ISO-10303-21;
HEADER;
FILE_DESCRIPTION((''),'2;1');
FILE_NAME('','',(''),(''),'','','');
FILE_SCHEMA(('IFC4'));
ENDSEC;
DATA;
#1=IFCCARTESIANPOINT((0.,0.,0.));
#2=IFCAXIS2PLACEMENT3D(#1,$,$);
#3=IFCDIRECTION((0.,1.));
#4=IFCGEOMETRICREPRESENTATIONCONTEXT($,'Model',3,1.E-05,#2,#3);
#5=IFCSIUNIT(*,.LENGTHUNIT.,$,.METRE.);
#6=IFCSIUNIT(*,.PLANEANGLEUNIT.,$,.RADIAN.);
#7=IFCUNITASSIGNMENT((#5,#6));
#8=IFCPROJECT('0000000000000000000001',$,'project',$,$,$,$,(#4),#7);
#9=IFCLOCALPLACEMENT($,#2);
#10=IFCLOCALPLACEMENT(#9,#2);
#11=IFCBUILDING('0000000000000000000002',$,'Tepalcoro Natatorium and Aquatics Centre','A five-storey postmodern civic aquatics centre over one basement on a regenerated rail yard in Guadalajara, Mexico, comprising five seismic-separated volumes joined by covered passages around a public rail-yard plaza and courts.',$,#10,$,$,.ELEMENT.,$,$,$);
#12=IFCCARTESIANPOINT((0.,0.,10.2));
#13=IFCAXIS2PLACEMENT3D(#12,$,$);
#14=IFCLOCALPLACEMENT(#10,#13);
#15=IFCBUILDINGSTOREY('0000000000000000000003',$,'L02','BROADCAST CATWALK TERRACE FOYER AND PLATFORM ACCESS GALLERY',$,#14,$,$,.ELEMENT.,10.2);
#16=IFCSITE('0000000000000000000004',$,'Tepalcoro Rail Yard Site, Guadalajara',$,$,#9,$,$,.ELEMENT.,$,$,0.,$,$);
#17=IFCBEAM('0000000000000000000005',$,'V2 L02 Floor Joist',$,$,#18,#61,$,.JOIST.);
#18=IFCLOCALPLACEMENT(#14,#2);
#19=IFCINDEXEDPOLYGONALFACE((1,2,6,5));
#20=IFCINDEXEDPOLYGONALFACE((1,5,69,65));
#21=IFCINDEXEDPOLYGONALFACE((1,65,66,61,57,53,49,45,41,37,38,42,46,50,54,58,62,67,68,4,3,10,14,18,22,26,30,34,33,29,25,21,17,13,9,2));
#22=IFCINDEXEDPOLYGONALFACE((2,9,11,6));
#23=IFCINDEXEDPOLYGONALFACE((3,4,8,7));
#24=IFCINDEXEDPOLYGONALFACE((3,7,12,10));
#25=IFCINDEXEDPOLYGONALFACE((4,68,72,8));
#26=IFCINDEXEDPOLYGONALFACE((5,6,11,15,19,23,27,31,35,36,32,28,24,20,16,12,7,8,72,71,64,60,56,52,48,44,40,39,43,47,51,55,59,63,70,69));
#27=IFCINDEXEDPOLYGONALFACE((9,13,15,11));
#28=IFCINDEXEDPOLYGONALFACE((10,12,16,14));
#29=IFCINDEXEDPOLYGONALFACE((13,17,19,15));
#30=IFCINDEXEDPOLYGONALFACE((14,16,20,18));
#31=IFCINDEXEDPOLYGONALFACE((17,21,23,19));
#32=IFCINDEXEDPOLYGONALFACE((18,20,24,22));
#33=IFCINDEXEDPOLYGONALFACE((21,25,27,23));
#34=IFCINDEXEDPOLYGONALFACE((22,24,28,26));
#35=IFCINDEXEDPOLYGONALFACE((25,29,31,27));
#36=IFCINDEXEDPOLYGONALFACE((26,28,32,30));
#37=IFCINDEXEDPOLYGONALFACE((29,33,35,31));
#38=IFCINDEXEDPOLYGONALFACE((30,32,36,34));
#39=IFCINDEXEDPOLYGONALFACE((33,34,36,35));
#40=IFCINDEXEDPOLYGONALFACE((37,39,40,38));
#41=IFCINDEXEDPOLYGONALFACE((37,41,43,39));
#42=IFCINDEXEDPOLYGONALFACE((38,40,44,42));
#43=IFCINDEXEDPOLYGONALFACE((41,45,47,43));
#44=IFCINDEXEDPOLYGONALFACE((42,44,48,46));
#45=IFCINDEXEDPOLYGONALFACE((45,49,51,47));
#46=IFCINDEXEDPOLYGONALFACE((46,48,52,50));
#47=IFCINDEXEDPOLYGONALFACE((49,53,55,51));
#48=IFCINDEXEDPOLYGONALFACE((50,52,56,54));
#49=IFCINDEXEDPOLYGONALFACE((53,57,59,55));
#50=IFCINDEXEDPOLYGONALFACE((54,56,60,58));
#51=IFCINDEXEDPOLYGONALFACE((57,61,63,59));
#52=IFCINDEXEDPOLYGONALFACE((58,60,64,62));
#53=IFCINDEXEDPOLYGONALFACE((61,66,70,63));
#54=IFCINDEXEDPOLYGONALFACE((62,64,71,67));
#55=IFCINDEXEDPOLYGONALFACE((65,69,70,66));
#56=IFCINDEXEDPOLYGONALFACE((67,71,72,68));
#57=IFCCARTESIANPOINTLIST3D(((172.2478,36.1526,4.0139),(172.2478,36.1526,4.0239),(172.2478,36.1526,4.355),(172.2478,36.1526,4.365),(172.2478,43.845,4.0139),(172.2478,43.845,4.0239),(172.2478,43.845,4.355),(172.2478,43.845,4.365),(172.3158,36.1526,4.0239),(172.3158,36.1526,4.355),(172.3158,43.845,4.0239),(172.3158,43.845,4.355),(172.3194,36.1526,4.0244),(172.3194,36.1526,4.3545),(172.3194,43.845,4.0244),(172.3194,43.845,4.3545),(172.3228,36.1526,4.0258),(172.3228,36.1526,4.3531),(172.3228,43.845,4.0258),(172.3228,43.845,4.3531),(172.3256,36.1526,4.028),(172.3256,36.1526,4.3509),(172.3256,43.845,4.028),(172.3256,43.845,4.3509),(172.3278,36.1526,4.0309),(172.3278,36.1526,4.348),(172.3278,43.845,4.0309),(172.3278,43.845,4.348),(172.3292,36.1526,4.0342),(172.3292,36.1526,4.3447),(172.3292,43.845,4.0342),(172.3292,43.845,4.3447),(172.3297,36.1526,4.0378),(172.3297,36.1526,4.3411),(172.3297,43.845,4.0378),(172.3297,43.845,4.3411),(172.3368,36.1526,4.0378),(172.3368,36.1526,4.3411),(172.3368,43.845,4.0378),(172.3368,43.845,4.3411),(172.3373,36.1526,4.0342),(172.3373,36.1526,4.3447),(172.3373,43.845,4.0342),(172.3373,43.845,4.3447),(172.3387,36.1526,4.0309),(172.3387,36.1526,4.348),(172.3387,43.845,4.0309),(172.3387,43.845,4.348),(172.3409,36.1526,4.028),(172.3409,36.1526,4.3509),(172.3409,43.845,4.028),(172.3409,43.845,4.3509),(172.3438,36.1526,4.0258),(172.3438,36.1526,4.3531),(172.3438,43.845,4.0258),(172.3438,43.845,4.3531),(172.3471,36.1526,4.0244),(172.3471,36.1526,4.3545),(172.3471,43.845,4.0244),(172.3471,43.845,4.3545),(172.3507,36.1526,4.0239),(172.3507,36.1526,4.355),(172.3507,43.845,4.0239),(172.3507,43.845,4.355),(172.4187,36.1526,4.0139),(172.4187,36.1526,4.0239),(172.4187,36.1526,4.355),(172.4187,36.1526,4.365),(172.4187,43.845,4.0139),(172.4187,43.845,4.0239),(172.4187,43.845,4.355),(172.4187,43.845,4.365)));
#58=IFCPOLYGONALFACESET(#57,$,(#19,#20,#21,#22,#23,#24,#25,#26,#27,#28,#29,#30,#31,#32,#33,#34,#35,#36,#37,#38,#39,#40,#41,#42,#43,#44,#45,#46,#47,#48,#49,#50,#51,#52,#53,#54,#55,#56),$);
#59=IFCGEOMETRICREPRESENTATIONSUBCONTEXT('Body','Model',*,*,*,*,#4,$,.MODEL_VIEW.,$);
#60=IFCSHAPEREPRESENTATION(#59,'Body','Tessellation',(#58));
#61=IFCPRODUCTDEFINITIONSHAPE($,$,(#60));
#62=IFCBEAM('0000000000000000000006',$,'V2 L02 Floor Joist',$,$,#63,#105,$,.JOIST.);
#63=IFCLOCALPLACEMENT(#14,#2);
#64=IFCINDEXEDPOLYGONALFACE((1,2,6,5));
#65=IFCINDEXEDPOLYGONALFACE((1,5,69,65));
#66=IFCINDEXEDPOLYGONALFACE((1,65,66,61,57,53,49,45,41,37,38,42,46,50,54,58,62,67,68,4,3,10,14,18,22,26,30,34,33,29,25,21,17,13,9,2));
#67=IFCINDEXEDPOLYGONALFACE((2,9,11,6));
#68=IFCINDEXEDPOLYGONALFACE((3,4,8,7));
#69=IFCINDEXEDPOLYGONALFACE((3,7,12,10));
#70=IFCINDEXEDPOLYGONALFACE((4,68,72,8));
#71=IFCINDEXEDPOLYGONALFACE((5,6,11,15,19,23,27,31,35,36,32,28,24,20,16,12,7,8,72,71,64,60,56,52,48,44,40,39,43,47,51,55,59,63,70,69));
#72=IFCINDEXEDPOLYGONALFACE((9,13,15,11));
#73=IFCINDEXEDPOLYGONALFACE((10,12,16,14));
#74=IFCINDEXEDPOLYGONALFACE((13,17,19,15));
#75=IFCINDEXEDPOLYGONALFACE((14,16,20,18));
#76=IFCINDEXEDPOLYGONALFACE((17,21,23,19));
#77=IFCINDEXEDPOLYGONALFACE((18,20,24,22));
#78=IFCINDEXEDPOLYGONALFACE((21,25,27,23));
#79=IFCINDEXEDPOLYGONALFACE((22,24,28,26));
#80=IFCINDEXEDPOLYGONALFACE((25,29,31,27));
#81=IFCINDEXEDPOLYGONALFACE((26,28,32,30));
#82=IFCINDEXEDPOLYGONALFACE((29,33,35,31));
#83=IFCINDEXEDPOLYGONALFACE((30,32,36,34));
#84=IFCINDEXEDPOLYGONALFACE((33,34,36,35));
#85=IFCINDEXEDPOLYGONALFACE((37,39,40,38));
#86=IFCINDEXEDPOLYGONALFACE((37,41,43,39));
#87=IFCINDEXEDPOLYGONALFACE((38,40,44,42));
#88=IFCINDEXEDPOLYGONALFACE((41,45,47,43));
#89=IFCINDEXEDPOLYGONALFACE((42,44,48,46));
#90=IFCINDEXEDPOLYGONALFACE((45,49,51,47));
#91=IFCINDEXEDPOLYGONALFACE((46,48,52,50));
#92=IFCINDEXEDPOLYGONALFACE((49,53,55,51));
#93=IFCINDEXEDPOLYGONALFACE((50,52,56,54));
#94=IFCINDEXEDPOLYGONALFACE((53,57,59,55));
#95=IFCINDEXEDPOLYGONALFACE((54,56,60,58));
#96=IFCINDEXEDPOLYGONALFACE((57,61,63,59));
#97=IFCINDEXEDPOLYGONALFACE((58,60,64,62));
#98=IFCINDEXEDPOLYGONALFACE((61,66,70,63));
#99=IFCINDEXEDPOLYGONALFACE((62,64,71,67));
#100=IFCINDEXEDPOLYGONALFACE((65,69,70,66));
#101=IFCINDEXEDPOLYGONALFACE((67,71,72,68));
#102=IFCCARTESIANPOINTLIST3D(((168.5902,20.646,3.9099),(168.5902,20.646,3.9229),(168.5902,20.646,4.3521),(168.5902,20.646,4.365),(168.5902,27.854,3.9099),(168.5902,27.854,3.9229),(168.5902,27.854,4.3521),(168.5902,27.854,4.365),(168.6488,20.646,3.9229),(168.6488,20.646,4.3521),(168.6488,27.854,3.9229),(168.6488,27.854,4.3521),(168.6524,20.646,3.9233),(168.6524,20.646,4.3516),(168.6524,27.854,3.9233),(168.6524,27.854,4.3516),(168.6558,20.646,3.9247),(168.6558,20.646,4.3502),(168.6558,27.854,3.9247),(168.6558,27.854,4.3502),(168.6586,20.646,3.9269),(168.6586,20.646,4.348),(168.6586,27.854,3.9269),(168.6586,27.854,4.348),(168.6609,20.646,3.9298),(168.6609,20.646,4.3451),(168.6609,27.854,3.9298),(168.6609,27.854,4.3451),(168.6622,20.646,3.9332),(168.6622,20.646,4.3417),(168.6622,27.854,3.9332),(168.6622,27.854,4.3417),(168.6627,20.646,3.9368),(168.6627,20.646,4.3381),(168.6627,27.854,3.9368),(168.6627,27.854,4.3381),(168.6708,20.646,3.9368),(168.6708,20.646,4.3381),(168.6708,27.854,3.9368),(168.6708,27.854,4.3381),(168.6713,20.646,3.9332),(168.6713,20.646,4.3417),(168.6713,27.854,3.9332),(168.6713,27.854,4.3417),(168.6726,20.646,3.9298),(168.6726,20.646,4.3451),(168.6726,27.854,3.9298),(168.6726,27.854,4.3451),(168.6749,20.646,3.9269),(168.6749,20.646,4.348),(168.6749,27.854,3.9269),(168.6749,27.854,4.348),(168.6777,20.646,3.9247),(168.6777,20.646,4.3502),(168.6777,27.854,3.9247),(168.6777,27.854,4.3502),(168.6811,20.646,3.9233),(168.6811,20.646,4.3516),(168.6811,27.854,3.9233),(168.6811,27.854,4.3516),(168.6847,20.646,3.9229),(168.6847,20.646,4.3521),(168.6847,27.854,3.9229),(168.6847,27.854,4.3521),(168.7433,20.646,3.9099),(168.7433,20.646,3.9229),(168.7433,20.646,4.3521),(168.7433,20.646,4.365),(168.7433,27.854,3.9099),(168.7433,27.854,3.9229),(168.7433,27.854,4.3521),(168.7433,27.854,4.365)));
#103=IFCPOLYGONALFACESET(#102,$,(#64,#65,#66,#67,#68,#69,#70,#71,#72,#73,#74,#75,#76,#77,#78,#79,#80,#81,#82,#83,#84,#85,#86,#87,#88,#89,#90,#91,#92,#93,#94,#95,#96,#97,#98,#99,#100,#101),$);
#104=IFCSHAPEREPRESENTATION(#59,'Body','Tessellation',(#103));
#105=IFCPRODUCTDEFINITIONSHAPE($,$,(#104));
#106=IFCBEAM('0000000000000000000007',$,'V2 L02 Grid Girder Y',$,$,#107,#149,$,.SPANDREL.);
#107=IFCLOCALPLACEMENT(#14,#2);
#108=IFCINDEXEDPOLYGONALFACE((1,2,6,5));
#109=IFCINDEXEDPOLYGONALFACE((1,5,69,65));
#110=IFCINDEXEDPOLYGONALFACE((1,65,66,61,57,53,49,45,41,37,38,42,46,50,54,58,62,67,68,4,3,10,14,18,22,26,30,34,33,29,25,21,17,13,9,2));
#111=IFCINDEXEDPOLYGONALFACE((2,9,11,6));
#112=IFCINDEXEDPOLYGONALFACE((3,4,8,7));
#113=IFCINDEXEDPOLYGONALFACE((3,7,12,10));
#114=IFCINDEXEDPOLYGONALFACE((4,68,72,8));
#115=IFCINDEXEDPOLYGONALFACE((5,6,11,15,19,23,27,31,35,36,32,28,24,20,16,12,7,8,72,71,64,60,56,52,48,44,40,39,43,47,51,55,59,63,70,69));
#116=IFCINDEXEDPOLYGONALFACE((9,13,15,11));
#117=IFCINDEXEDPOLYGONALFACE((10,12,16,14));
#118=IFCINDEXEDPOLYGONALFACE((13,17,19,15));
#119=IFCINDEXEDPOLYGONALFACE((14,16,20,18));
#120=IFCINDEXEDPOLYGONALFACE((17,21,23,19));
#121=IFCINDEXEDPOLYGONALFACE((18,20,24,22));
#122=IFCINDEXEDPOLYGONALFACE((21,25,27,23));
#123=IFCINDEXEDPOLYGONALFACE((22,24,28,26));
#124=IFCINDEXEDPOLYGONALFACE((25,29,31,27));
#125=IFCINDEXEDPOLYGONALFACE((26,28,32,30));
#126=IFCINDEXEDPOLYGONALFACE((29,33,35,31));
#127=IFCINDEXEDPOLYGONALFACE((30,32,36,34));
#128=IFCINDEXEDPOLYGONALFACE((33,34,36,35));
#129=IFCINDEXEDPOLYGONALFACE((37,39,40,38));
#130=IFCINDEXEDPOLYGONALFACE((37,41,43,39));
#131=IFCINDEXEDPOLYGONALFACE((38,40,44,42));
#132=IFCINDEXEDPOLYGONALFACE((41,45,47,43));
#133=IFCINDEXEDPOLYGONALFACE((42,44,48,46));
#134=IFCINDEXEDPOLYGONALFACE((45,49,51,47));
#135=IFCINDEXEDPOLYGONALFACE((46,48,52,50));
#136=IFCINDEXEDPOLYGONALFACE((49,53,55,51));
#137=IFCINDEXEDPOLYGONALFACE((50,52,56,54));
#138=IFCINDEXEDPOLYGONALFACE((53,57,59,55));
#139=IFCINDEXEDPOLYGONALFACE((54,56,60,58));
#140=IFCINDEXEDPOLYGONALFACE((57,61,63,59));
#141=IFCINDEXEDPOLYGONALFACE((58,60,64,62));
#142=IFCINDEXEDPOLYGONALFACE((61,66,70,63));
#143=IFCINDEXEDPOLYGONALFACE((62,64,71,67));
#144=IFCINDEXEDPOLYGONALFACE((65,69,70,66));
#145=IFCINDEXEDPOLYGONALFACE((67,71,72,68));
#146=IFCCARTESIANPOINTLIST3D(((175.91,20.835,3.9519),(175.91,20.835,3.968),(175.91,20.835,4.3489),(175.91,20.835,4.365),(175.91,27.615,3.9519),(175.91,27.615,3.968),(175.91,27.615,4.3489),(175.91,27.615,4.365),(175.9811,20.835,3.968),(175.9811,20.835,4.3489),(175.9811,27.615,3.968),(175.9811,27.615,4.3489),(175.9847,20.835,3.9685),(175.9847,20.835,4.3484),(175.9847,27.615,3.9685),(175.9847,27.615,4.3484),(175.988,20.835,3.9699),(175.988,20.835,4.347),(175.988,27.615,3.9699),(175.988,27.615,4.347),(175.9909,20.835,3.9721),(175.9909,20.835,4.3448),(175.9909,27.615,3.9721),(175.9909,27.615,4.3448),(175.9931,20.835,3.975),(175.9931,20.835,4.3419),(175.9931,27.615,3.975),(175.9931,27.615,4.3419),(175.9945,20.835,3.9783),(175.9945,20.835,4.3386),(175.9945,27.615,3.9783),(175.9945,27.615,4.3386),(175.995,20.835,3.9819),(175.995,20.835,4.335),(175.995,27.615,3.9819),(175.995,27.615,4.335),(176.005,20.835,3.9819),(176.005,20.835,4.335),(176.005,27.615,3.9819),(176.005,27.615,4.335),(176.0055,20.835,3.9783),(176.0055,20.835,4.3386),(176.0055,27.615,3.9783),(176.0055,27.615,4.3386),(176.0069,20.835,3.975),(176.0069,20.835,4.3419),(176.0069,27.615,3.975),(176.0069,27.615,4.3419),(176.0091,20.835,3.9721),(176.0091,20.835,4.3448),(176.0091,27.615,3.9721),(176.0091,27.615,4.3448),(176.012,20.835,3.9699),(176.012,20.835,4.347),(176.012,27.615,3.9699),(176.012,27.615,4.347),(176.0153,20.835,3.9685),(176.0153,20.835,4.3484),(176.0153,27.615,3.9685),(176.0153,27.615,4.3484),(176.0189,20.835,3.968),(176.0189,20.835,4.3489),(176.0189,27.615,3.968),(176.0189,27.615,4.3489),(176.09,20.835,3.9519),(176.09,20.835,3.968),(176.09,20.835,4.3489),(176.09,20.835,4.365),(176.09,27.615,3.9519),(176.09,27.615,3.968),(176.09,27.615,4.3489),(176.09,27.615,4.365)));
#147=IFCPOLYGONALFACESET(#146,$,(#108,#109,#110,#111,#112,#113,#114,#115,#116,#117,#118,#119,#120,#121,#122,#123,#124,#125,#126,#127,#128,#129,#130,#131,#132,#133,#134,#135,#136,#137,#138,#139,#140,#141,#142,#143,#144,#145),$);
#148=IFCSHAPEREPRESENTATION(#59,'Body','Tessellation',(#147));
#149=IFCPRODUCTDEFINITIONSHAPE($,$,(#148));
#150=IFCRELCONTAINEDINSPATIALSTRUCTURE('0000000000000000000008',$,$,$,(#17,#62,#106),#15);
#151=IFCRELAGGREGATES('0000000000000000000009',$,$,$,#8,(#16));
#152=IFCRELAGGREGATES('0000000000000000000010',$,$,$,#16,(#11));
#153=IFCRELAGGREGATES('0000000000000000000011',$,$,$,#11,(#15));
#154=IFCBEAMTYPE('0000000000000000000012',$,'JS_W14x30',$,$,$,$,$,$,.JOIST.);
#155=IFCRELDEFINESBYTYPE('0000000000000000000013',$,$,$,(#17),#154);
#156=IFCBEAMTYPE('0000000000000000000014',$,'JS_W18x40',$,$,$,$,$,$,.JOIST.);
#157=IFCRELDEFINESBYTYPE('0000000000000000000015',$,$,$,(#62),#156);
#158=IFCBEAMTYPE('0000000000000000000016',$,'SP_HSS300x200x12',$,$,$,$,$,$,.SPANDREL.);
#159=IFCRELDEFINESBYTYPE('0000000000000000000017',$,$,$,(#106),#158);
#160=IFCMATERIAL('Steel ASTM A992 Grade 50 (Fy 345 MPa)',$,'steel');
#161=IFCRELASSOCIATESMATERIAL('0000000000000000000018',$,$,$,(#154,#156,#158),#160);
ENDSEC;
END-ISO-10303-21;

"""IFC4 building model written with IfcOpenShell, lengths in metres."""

from ifc_helpers import new_model, si_unit, direction, frame, origin, origin_2d, place, context, subcontext, project, spatial, i_section, extrude, material, material_profile, profile_set, type_object, element, save


model = new_model("IFC4")

# Units and contexts
model_context = context("Model", 3, precision=1e-05, world=origin(), true_north=direction((0.0, 1.0)))
body_context = subcontext(model_context, "Body", "Model", "MODEL_VIEW")
ifc_project = project(units=[si_unit("LENGTHUNIT", "METRE"), si_unit("PLANEANGLEUNIT", "RADIAN")], contexts=[model_context])

# Site, building, storey
site_placement = place(None, origin())
site = spatial("IfcSite", under=ifc_project, at=site_placement, Name="Tepalcoro Rail Yard Site, Guadalajara", CompositionType="ELEMENT", RefElevation=0.0)
building_placement = place(site_placement, origin())
building = spatial("IfcBuilding", under=site, at=building_placement, Name="Tepalcoro Natatorium and Aquatics Centre", Description="A five-storey postmodern civic aquatics centre over one basement on a regenerated rail yard in Guadalajara, Mexico, comprising five seismic-separated volumes joined by covered passages around a public rail-yard plaza and courts.", CompositionType="ELEMENT")
storey_placement = place(building_placement, frame((0.0, 0.0, 10.2)))
storey = spatial("IfcBuildingStorey", under=building, at=storey_placement, Name="L02", Description="BROADCAST CATWALK TERRACE FOYER AND PLATFORM ACCESS GALLERY", CompositionType="ELEMENT", Elevation=10.2)

# Shared definitions
ifc_material_1 = material(Name="Steel ASTM A992 Grade 50 (Fy 345 MPa)", Category="steel")

# Beams
ifc_material_profile_1 = material_profile(ifc_material_1, i_section(OverallWidth=0.1709, OverallDepth=0.3511, WebThickness=0.0071, FlangeThickness=0.01, FilletRadius=0.0139, at=origin_2d()), Name="W14X30")
ifc_profile_set_1 = profile_set([ifc_material_profile_1], Name="Steel ASTM A992 Grade 50 (Fy 345 MPa)")
beam_type_1 = type_object("IfcBeamType", Name="JS_W14x30", PredefinedType="JOIST", material=ifc_profile_set_1)
beam_1_placement = place(storey_placement, frame((172.3333, 36.1526, 4.1895), z_axis=(0.0, 1.0, 0.0), x_axis=(-1.0, 0.0, 0.0)))
element("IfcBeam", 1, at=beam_1_placement, inside=storey, type_object=beam_type_1, Name="V2 L02 Floor Joist", PredefinedType="JOIST", context=body_context, shape_type="SweptSolid", body=[
    extrude(i_section(OverallWidth=0.1709, OverallDepth=0.3511, WebThickness=0.0071, FlangeThickness=0.01, FilletRadius=0.0139, at=origin_2d()), origin(), (0.0, 0.0, 1.0), 7.6924),
])
ifc_material_profile_2 = material_profile(ifc_material_1, i_section(OverallWidth=0.1531, OverallDepth=0.4551, WebThickness=0.0081, FlangeThickness=0.0129, FilletRadius=0.0139, at=origin_2d()), Name="W18X40")
ifc_profile_set_2 = profile_set([ifc_material_profile_2], Name="Steel ASTM A992 Grade 50 (Fy 345 MPa)")
beam_type_2 = type_object("IfcBeamType", Name="JS_W18x40", PredefinedType="JOIST", material=ifc_profile_set_2)
beam_2_placement = place(storey_placement, frame((168.6667, 20.646, 4.1375), z_axis=(0.0, 1.0, 0.0), x_axis=(-1.0, 0.0, 0.0)))
element("IfcBeam", 2, at=beam_2_placement, inside=storey, type_object=beam_type_2, Name="V2 L02 Floor Joist", PredefinedType="JOIST", context=body_context, shape_type="SweptSolid", body=[
    extrude(i_section(OverallWidth=0.1531, OverallDepth=0.4551, WebThickness=0.0081, FlangeThickness=0.0129, FilletRadius=0.0139, at=origin_2d()), origin(), (0.0, 0.0, 1.0), 7.208),
])
ifc_material_profile_3 = material_profile(ifc_material_1, i_section(OverallWidth=0.1799, OverallDepth=0.4131, WebThickness=0.01, FlangeThickness=0.0161, FilletRadius=0.0139, at=origin_2d()), Name="W16X50")
ifc_profile_set_3 = profile_set([ifc_material_profile_3], Name="Steel ASTM A992 Grade 50 (Fy 345 MPa)")
beam_type_3 = type_object("IfcBeamType", Name="SP_HSS300x200x12", PredefinedType="SPANDREL", material=ifc_profile_set_3)
beam_3_placement = place(storey_placement, frame((176.0, 20.835, 4.1584), z_axis=(0.0, 1.0, 0.0), x_axis=(-1.0, 0.0, 0.0)))
element("IfcBeam", 3, at=beam_3_placement, inside=storey, type_object=beam_type_3, Name="V2 L02 Grid Girder Y", PredefinedType="SPANDREL", context=body_context, shape_type="SweptSolid", body=[
    extrude(i_section(OverallWidth=0.1799, OverallDepth=0.4131, WebThickness=0.01, FlangeThickness=0.0161, FilletRadius=0.0139, at=origin_2d()), origin(), (0.0, 0.0, 1.0), 6.78),
])

save(model, "model.ifc")
